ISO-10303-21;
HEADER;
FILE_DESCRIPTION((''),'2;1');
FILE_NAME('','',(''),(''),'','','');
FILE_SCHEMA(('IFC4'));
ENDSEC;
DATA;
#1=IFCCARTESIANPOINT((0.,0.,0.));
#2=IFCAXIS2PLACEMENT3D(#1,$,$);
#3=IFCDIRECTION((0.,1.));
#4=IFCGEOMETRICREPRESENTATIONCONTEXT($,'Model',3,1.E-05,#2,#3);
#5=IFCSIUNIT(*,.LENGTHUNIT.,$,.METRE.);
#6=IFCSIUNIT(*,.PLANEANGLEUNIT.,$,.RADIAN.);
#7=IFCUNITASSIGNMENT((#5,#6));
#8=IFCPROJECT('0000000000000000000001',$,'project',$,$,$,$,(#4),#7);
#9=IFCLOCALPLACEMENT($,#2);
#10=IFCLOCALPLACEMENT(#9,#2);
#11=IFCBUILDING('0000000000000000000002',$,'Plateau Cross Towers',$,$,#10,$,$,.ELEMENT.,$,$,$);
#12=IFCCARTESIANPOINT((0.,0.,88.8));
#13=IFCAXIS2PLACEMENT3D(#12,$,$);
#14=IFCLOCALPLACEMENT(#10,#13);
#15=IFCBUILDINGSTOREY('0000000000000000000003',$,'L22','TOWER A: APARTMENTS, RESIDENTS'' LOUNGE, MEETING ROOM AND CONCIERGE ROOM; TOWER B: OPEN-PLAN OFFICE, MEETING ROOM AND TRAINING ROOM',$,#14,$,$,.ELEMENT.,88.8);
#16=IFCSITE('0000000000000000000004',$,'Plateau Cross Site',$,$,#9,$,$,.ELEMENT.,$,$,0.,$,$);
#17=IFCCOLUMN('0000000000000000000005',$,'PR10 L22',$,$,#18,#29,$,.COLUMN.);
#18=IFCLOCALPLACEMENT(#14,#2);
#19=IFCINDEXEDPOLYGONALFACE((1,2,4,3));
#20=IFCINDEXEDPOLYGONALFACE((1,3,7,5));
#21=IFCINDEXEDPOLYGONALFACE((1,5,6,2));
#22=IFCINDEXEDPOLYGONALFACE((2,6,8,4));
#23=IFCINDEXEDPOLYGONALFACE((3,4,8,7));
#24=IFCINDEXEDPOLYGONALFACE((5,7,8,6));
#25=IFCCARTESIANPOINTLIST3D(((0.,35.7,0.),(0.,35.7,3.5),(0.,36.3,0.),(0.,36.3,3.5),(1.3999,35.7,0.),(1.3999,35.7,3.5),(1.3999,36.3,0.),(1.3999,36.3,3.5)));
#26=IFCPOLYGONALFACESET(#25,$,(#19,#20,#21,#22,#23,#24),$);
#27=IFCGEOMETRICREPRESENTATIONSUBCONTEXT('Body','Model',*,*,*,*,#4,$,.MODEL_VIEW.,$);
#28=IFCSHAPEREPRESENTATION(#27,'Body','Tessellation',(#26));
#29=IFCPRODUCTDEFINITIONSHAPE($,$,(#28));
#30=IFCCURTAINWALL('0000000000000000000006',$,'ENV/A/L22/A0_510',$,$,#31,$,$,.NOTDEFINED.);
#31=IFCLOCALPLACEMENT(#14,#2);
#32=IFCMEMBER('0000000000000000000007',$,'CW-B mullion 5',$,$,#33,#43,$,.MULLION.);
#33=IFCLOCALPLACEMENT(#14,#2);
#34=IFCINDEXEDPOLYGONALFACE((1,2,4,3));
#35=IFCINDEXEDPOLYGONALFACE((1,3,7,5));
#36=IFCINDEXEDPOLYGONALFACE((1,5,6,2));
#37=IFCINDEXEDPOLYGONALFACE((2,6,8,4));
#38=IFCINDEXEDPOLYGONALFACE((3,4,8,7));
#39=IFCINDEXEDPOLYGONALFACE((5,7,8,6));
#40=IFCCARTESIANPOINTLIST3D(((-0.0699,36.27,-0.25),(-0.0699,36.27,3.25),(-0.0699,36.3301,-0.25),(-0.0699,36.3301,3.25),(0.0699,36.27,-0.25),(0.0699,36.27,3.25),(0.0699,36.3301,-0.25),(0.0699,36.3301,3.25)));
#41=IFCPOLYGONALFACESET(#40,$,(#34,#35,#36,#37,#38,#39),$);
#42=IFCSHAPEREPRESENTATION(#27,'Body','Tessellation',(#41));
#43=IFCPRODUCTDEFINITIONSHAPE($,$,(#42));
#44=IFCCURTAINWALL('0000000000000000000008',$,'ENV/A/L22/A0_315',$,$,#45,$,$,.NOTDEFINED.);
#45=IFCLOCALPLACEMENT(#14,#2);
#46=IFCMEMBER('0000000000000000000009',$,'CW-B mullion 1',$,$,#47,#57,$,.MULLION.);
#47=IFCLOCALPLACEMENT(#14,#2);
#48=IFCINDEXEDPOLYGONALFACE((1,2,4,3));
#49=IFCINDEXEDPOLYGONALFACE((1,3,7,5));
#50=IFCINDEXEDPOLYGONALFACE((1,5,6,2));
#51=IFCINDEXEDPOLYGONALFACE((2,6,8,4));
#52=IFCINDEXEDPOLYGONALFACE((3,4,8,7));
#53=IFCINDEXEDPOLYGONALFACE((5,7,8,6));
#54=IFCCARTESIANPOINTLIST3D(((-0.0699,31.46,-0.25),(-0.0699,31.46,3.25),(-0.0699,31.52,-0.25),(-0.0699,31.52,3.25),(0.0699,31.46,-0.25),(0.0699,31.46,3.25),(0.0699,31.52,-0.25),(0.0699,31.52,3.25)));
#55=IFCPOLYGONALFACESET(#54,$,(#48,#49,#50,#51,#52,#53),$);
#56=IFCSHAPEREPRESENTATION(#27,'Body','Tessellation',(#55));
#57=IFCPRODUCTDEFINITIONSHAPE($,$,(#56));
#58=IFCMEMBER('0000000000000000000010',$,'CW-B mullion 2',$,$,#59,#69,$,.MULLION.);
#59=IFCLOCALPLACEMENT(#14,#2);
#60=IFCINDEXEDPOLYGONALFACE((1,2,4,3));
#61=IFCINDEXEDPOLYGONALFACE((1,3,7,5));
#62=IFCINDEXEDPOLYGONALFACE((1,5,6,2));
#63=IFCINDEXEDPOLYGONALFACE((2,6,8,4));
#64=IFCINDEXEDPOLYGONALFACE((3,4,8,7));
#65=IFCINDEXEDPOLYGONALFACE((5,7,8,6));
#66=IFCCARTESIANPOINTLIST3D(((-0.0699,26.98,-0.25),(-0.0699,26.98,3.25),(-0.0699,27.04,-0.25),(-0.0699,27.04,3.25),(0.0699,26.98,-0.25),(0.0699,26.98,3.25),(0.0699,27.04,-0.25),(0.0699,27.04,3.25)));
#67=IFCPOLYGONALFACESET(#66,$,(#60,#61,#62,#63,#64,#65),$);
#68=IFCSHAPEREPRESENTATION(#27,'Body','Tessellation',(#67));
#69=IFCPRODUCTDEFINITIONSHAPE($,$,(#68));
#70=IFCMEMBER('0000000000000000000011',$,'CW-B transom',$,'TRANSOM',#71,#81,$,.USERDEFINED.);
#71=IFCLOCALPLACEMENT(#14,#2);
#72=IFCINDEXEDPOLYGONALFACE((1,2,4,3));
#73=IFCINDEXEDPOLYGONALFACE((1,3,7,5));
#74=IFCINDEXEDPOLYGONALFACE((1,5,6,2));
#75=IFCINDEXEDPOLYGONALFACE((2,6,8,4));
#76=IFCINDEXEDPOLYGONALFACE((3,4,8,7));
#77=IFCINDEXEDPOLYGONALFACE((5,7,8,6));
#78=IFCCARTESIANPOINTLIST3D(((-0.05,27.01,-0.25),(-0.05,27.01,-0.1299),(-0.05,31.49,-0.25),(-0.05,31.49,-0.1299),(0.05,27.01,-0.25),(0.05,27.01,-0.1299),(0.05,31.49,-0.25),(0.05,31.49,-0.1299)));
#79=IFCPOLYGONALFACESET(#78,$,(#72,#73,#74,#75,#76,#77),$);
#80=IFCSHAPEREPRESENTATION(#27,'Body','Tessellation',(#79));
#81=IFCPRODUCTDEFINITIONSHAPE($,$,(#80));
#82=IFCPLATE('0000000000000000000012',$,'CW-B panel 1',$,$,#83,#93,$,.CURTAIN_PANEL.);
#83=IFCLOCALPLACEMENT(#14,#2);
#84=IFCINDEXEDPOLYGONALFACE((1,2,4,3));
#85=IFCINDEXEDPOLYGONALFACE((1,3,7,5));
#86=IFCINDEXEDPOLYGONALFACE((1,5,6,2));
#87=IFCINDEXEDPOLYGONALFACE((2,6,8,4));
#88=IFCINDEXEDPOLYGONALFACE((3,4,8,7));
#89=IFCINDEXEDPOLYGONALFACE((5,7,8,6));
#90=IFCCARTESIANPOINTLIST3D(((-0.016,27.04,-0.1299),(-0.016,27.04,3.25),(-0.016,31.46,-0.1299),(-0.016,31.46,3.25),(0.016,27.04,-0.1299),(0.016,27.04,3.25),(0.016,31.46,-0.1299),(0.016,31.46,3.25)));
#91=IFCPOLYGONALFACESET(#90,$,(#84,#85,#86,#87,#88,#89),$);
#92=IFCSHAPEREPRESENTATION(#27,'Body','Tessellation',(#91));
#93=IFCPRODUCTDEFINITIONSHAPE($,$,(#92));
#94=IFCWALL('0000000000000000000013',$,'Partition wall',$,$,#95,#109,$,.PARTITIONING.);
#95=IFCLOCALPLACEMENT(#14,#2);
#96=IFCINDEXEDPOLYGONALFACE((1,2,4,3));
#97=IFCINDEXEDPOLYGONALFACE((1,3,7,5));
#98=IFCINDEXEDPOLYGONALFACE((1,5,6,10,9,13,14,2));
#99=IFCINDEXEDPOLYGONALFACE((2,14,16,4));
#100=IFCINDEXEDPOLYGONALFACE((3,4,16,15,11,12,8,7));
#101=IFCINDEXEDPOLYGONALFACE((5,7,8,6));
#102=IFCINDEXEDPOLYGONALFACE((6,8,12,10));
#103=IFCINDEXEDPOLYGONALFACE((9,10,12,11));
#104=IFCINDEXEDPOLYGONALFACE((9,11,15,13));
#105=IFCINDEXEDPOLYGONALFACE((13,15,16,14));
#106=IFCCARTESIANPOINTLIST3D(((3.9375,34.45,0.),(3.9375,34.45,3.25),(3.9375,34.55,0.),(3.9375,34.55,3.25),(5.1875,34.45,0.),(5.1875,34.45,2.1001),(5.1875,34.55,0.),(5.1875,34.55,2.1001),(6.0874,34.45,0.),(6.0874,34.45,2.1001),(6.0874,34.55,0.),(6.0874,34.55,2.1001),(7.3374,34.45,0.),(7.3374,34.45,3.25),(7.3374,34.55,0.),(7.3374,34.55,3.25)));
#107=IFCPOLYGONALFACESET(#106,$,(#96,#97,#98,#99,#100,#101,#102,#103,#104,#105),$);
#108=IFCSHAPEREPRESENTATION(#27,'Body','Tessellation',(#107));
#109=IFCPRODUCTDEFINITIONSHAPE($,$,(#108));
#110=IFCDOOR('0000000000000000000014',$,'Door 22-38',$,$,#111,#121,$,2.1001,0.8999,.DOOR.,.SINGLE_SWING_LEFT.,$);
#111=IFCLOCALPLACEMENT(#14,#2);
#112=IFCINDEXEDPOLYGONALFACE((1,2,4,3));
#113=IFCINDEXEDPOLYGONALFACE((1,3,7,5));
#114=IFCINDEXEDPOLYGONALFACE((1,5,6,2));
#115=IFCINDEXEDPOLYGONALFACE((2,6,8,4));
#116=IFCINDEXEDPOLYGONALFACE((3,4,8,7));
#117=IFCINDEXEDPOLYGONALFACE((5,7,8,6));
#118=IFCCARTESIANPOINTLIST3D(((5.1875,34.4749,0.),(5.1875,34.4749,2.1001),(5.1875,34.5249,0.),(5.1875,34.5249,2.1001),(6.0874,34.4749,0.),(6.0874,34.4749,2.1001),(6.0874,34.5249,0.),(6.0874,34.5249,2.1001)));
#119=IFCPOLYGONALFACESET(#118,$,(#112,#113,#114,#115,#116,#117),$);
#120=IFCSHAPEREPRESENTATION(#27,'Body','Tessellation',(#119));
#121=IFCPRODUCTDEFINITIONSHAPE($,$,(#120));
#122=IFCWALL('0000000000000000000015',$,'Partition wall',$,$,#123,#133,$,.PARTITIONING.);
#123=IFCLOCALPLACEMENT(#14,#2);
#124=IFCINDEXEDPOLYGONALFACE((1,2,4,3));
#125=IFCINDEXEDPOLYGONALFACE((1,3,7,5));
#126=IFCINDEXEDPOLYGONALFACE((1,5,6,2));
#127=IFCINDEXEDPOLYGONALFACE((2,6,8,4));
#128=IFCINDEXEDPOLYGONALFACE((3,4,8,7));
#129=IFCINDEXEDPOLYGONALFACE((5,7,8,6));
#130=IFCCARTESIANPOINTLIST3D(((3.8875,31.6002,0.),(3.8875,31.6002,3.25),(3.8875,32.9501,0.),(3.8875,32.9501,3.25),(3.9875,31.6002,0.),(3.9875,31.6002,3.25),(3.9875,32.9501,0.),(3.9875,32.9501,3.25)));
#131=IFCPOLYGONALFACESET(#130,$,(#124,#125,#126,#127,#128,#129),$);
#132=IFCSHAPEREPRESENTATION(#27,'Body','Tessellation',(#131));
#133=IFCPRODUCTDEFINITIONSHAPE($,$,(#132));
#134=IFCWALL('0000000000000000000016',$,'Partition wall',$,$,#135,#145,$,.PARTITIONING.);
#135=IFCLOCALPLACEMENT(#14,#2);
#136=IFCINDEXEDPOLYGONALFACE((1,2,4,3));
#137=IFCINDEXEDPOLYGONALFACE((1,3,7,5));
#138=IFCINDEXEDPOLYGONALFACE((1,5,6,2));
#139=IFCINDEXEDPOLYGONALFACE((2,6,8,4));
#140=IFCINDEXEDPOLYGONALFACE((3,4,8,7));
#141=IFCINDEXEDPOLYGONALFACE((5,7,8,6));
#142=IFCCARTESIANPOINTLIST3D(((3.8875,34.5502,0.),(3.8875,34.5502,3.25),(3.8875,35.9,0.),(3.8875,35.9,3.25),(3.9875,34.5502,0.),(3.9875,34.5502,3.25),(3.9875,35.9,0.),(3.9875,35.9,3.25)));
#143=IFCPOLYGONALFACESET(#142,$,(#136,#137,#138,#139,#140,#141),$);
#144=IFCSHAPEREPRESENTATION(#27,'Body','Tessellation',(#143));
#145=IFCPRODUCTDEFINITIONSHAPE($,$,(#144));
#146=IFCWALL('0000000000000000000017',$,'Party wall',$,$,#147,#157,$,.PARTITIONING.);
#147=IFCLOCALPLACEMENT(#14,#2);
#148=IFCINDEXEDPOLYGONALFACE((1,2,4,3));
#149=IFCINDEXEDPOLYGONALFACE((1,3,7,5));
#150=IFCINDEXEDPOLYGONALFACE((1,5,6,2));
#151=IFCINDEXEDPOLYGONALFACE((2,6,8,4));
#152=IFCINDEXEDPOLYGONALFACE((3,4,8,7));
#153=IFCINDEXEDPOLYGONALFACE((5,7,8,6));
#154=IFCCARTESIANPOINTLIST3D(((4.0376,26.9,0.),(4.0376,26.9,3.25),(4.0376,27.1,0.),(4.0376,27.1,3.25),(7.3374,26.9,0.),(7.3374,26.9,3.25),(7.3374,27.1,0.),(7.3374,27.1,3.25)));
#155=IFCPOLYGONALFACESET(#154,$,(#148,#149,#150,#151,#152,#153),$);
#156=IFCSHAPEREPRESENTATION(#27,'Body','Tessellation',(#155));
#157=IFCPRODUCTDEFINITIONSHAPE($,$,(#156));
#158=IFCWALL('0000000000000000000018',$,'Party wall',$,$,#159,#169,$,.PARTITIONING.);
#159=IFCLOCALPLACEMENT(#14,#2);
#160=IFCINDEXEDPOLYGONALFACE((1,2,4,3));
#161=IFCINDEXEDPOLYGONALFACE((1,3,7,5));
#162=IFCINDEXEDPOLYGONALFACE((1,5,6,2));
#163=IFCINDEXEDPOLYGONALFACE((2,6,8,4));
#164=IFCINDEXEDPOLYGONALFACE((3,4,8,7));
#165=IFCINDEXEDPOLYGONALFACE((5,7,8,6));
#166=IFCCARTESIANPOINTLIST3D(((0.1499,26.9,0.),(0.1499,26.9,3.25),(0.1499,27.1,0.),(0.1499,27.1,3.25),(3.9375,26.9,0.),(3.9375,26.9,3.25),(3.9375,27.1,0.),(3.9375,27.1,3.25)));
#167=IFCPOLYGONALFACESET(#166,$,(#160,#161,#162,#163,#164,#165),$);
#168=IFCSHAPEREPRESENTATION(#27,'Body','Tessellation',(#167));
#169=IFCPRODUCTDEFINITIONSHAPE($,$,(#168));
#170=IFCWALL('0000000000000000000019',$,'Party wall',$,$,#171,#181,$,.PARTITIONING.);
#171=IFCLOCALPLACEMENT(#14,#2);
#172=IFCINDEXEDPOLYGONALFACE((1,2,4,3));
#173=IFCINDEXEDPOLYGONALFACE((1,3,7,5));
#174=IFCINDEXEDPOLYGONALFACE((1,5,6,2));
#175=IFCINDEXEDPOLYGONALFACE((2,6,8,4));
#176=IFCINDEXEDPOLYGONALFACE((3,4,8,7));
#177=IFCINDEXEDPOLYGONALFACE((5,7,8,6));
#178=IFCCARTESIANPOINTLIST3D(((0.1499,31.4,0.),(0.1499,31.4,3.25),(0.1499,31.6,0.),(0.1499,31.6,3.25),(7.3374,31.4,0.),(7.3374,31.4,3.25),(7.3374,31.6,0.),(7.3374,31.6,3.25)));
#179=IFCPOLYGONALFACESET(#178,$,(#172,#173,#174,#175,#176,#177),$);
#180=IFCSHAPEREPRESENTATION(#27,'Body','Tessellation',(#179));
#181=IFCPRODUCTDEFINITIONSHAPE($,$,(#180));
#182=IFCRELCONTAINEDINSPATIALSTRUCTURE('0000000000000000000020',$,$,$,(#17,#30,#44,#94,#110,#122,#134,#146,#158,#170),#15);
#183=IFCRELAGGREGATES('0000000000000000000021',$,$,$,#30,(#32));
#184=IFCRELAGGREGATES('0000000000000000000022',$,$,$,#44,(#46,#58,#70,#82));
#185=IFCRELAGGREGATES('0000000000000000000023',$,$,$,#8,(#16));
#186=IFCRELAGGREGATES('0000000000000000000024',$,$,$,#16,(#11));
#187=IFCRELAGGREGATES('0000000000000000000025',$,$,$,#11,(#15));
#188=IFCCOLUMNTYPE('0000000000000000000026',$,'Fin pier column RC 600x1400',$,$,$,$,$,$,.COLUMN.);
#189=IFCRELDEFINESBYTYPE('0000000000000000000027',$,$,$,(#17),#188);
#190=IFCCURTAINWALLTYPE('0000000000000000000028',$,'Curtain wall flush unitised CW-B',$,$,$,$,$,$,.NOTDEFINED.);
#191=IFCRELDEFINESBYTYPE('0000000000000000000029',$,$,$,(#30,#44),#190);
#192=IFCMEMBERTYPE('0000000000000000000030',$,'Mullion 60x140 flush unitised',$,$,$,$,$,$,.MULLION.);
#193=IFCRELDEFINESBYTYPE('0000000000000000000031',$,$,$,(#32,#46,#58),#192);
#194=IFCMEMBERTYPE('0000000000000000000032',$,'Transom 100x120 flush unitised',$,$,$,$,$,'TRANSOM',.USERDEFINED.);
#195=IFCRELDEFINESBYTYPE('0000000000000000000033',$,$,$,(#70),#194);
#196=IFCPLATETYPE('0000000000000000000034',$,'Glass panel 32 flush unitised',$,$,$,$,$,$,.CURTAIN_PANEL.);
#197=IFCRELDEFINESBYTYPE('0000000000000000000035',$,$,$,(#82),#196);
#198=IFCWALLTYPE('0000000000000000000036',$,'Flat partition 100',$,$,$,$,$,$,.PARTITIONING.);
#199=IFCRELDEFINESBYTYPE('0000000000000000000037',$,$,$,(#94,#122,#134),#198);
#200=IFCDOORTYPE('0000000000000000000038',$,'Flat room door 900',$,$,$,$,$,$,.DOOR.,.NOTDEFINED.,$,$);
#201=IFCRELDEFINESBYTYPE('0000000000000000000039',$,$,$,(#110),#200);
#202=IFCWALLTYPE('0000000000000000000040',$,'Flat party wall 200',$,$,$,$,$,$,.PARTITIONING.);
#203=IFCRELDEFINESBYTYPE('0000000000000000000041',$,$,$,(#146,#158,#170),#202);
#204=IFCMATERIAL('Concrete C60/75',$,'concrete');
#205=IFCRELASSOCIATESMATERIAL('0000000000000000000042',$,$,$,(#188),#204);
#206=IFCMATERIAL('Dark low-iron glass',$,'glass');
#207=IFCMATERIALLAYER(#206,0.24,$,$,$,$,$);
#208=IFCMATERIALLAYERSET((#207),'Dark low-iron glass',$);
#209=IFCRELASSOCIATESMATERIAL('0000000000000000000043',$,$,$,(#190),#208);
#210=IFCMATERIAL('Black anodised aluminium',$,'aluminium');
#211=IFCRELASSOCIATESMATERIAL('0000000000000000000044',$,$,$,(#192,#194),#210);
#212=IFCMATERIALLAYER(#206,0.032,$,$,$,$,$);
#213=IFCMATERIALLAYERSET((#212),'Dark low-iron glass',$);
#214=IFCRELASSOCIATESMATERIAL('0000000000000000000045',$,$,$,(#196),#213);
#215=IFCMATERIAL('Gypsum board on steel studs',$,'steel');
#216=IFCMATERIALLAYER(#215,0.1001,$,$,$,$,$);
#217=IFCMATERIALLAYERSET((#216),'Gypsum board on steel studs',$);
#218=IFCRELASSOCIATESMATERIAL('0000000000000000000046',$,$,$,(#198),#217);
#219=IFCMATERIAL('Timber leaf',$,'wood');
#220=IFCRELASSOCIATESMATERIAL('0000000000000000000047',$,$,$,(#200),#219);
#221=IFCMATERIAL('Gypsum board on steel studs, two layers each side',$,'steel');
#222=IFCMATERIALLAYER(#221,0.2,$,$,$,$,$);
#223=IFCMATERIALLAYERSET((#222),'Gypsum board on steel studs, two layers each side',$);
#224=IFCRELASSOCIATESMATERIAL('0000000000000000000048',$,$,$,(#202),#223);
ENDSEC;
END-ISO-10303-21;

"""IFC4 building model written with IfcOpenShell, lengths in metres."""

from ifc_helpers import new_model, si_unit, direction, frame, frame_2d, origin, origin_2d, place, context, subcontext, project, spatial, rectangle, extrude, material, layer, layer_set, material_profile, profile_set, type_object, element, fill, aggregate, save


model = new_model("IFC4")

# Units and contexts
model_context = context("Model", 3, precision=1e-05, world=origin(), true_north=direction((0.0, 1.0)))
body_context = subcontext(model_context, "Body", "Model", "MODEL_VIEW")
ifc_project = project(units=[si_unit("LENGTHUNIT", "METRE"), si_unit("PLANEANGLEUNIT", "RADIAN")], contexts=[model_context])

# Site, building, storey
site_placement = place(None, origin())
site = spatial("IfcSite", under=ifc_project, at=site_placement, Name="Plateau Cross Site", CompositionType="ELEMENT", RefElevation=0.0)
building_placement = place(site_placement, origin())
building = spatial("IfcBuilding", under=site, at=building_placement, Name="Plateau Cross Towers", CompositionType="ELEMENT")
storey_placement = place(building_placement, frame((0.0, 0.0, 88.8)))
storey = spatial("IfcBuildingStorey", under=building, at=storey_placement, Name="L22", Description="TOWER A: APARTMENTS, RESIDENTS' LOUNGE, MEETING ROOM AND CONCIERGE ROOM; TOWER B: OPEN-PLAN OFFICE, MEETING ROOM AND TRAINING ROOM", CompositionType="ELEMENT", Elevation=88.8)

# Column
ifc_material_1 = material(Name="Concrete C60/75", Category="concrete")
ifc_material_profile_1 = material_profile(ifc_material_1, rectangle(XDim=0.6001, YDim=1.3999, at=origin_2d()), Name="RC 600x1400")
ifc_profile_set_1 = profile_set([ifc_material_profile_1], Name="Concrete C60/75")
column_type = type_object("IfcColumnType", Name="Fin pier column RC 600x1400", PredefinedType="COLUMN", material=ifc_profile_set_1)
column_placement = place(storey_placement, frame((0.7, 36.0, 0.0), z_axis=(0.0, 0.0, 1.0), x_axis=(0.0, 1.0, 0.0)))
element("IfcColumn", 1, at=column_placement, inside=storey, type_object=column_type, Name="PR10 L22", PredefinedType="COLUMN", context=body_context, shape_type="SweptSolid", body=[
    extrude(rectangle(XDim=0.6001, YDim=1.3999, at=origin_2d()), origin(), (0.0, 0.0, 1.0), 3.5),
])

# Curtain wall, member
ifc_material_2 = material(Name="Dark low-iron glass", Category="glass")
ifc_layer_1 = layer(ifc_material_2, 0.24)
ifc_layer_set_1 = layer_set([ifc_layer_1], Name="Dark low-iron glass")
curtain_wall_type = type_object("IfcCurtainWallType", Name="Curtain wall flush unitised CW-B", PredefinedType="NOTDEFINED", material=ifc_layer_set_1)
curtain_wall_1_placement = place(storey_placement, origin())
curtain_wall_1 = element("IfcCurtainWall", 2, at=curtain_wall_1_placement, inside=storey, type_object=curtain_wall_type, Name="ENV/A/L22/A0_510", PredefinedType="NOTDEFINED")
ifc_material_3 = material(Name="Black anodised aluminium", Category="aluminium")
ifc_material_profile_2 = material_profile(ifc_material_3, rectangle(XDim=0.0601, YDim=0.1399, at=origin_2d()), Name="MULLION 60x140")
ifc_profile_set_2 = profile_set([ifc_material_profile_2], Name="Black anodised aluminium")
member_type_1 = type_object("IfcMemberType", Name="Mullion 60x140 flush unitised", PredefinedType="MULLION", material=ifc_profile_set_2)
member_1_placement = place(storey_placement, frame((0.0, 36.3, -0.25), z_axis=(0.0, 0.0, 1.0), x_axis=(0.0, -1.0, 0.0)))
member_1 = element("IfcMember", 3, at=member_1_placement, type_object=member_type_1, Name="CW-B mullion 5", PredefinedType="MULLION", context=body_context, shape_type="SweptSolid", body=[
    extrude(rectangle(XDim=0.0601, YDim=0.1399, at=origin_2d()), origin(), (0.0, 0.0, 1.0), 3.5),
])
aggregate(curtain_wall_1, [member_1])

# Curtain wall, members, plate
curtain_wall_2_placement = place(storey_placement, origin())
curtain_wall_2 = element("IfcCurtainWall", 4, at=curtain_wall_2_placement, inside=storey, type_object=curtain_wall_type, Name="ENV/A/L22/A0_315", PredefinedType="NOTDEFINED")
member_2_placement = place(storey_placement, frame((0.0, 31.49, -0.25), z_axis=(0.0, 0.0, 1.0), x_axis=(0.0, -1.0, 0.0)))
member_2 = element("IfcMember", 5, at=member_2_placement, type_object=member_type_1, Name="CW-B mullion 1", PredefinedType="MULLION", context=body_context, shape_type="SweptSolid", body=[
    extrude(rectangle(XDim=0.0601, YDim=0.1399, at=origin_2d()), origin(), (0.0, 0.0, 1.0), 3.5),
])
member_3_placement = place(storey_placement, frame((0.0, 27.01, -0.25), z_axis=(0.0, 0.0, 1.0), x_axis=(0.0, -1.0, 0.0)))
member_3 = element("IfcMember", 6, at=member_3_placement, type_object=member_type_1, Name="CW-B mullion 2", PredefinedType="MULLION", context=body_context, shape_type="SweptSolid", body=[
    extrude(rectangle(XDim=0.0601, YDim=0.1399, at=origin_2d()), origin(), (0.0, 0.0, 1.0), 3.5),
])
ifc_material_profile_3 = material_profile(ifc_material_3, rectangle(XDim=0.1001, YDim=0.1201, at=origin_2d()), Name="TRANSOM 100x120")
ifc_profile_set_3 = profile_set([ifc_material_profile_3], Name="Black anodised aluminium")
member_type_2 = type_object("IfcMemberType", Name="Transom 100x120 flush unitised", ElementType="TRANSOM", PredefinedType="USERDEFINED", material=ifc_profile_set_3)
member_4_placement = place(storey_placement, frame((0.0, 31.49, -0.1899), z_axis=(0.0, -1.0, 0.0), x_axis=(1.0, 0.0, 0.0)))
member_4 = element("IfcMember", 7, at=member_4_placement, type_object=member_type_2, Name="CW-B transom", ObjectType="TRANSOM", PredefinedType="USERDEFINED", context=body_context, shape_type="SweptSolid", body=[
    extrude(rectangle(XDim=0.1001, YDim=0.1201, at=origin_2d()), origin(), (0.0, 0.0, 1.0), 4.48),
])
ifc_layer_2 = layer(ifc_material_2, 0.032)
ifc_layer_set_2 = layer_set([ifc_layer_2], Name="Dark low-iron glass")
plate_type = type_object("IfcPlateType", Name="Glass panel 32 flush unitised", PredefinedType="CURTAIN_PANEL", material=ifc_layer_set_2)
plate_placement = place(storey_placement, frame((0.0, 29.25, -0.1299), z_axis=(0.0, 0.0, 1.0), x_axis=(0.0, -1.0, 0.0)))
plate = element("IfcPlate", 8, at=plate_placement, type_object=plate_type, Name="CW-B panel 1", PredefinedType="CURTAIN_PANEL", context=body_context, shape_type="SweptSolid", body=[
    extrude(rectangle(XDim=4.4199, YDim=0.032, at=origin_2d()), origin(), (0.0, 0.0, 1.0), 3.3799),
])
aggregate(curtain_wall_2, [member_2, member_3, member_4, plate])

# Wall, opening, door
ifc_material_4 = material(Name="Gypsum board on steel studs", Category="steel")
ifc_layer_3 = layer(ifc_material_4, 0.1001)
ifc_layer_set_3 = layer_set([ifc_layer_3], Name="Gypsum board on steel studs")
wall_type_1 = type_object("IfcWallType", Name="Flat partition 100", PredefinedType="PARTITIONING", material=ifc_layer_set_3)
wall_1_placement = place(storey_placement, frame((3.9375, 34.5, 0.0), z_axis=(0.0, 0.0, 1.0), x_axis=(1.0, 0.0, 0.0)))
wall_1 = element("IfcWall", 9, at=wall_1_placement, inside=storey, type_object=wall_type_1, Name="Partition wall", PredefinedType="PARTITIONING", context=body_context, shape_type="SweptSolid", body=[
    extrude(rectangle(XDim=3.3999, YDim=0.1001, at=frame_2d((1.7, 0.0))), origin(), (0.0, 0.0, 1.0), 3.25),
])
opening_1_placement = place(wall_1_placement, frame((1.25, 0.0, 0.0)))
opening_1 = element("IfcOpeningElement", 10, at=opening_1_placement, cuts=wall_1, PredefinedType="OPENING", context=body_context, shape_type="SweptSolid", body=[
    extrude(rectangle(XDim=0.8999, YDim=2.1001, at=frame_2d((0.45, 1.05))), frame((0.0, 0.0601, 0.0), z_axis=(0.0, -1.0, 0.0), x_axis=(1.0, 0.0, 0.0)), (0.0, 0.0, 1.0), 0.1201),
])
ifc_material_5 = material(Name="Timber leaf", Category="wood")
door_type_1 = type_object("IfcDoorType", Name="Flat room door 900", OperationType="NOTDEFINED", PredefinedType="DOOR", material=ifc_material_5)
door_1_placement = place(opening_1_placement, origin())
door_1 = element("IfcDoor", 11, at=door_1_placement, inside=storey, type_object=door_type_1, Name="Door 22-38", OperationType="SINGLE_SWING_LEFT", OverallHeight=2.1001, OverallWidth=0.8999, PredefinedType="DOOR", context=body_context, shape_type="SweptSolid", body=[
    extrude(rectangle(XDim=0.8999, YDim=2.1001, at=frame_2d((0.45, 1.05))), frame((0.0, 0.0249, 0.0), z_axis=(0.0, -1.0, 0.0), x_axis=(1.0, 0.0, 0.0)), (0.0, 0.0, 1.0), 0.05),
])
fill(opening_1, door_1)

# Walls
for number, where, z_axis, x_axis, name in (
    (12, (3.9375, 32.95, 0.0), (0.0, 0.0, 1.0), (0.0, -1.0, 0.0), "Partition wall"),
    (13, (3.9375, 35.8999, 0.0), (0.0, 0.0, 1.0), (0.0, -1.0, 0.0), "Partition wall"),
):
    element("IfcWall", number, at=place(storey_placement, frame(where, z_axis=z_axis, x_axis=x_axis)), inside=storey, type_object=wall_type_1, Name=name, PredefinedType="PARTITIONING", context=body_context, shape_type="SweptSolid", body=[
        extrude(rectangle(XDim=1.3499, YDim=0.1001, at=frame_2d((0.6748, 0.0))), origin(), (0.0, 0.0, 1.0), 3.25),
    ])
ifc_material_6 = material(Name="Gypsum board on steel studs, two layers each side", Category="steel")
ifc_layer_4 = layer(ifc_material_6, 0.2)
ifc_layer_set_4 = layer_set([ifc_layer_4], Name="Gypsum board on steel studs, two layers each side")
wall_type_2 = type_object("IfcWallType", Name="Flat party wall 200", PredefinedType="PARTITIONING", material=ifc_layer_set_4)
wall_2_placement = place(storey_placement, frame((7.3374, 27.0, 0.0), z_axis=(0.0, 0.0, 1.0), x_axis=(-1.0, 0.0, 0.0)))
element("IfcWall", 14, at=wall_2_placement, inside=storey, type_object=wall_type_2, Name="Party wall", PredefinedType="PARTITIONING", context=body_context, shape_type="SweptSolid", body=[
    extrude(rectangle(XDim=3.2998, YDim=0.2, at=frame_2d((1.6499, 0.0))), origin(), (0.0, 0.0, 1.0), 3.25),
])
wall_3_placement = place(storey_placement, frame((0.1499, 27.0, 0.0), z_axis=(0.0, 0.0, 1.0), x_axis=(1.0, 0.0, 0.0)))
element("IfcWall", 15, at=wall_3_placement, inside=storey, type_object=wall_type_2, Name="Party wall", PredefinedType="PARTITIONING", context=body_context, shape_type="SweptSolid", body=[
    extrude(rectangle(XDim=3.7876, YDim=0.2, at=frame_2d((1.8938, 0.0))), origin(), (0.0, 0.0, 1.0), 3.25),
])
wall_4_placement = place(storey_placement, frame((7.3374, 31.5, 0.0), z_axis=(0.0, 0.0, 1.0), x_axis=(-1.0, 0.0, 0.0)))
element("IfcWall", 16, at=wall_4_placement, inside=storey, type_object=wall_type_2, Name="Party wall", PredefinedType="PARTITIONING", context=body_context, shape_type="SweptSolid", body=[
    extrude(rectangle(XDim=7.1875, YDim=0.2, at=frame_2d((3.5938, 0.0))), origin(), (0.0, 0.0, 1.0), 3.25),
])

save(model, "model.ifc")
